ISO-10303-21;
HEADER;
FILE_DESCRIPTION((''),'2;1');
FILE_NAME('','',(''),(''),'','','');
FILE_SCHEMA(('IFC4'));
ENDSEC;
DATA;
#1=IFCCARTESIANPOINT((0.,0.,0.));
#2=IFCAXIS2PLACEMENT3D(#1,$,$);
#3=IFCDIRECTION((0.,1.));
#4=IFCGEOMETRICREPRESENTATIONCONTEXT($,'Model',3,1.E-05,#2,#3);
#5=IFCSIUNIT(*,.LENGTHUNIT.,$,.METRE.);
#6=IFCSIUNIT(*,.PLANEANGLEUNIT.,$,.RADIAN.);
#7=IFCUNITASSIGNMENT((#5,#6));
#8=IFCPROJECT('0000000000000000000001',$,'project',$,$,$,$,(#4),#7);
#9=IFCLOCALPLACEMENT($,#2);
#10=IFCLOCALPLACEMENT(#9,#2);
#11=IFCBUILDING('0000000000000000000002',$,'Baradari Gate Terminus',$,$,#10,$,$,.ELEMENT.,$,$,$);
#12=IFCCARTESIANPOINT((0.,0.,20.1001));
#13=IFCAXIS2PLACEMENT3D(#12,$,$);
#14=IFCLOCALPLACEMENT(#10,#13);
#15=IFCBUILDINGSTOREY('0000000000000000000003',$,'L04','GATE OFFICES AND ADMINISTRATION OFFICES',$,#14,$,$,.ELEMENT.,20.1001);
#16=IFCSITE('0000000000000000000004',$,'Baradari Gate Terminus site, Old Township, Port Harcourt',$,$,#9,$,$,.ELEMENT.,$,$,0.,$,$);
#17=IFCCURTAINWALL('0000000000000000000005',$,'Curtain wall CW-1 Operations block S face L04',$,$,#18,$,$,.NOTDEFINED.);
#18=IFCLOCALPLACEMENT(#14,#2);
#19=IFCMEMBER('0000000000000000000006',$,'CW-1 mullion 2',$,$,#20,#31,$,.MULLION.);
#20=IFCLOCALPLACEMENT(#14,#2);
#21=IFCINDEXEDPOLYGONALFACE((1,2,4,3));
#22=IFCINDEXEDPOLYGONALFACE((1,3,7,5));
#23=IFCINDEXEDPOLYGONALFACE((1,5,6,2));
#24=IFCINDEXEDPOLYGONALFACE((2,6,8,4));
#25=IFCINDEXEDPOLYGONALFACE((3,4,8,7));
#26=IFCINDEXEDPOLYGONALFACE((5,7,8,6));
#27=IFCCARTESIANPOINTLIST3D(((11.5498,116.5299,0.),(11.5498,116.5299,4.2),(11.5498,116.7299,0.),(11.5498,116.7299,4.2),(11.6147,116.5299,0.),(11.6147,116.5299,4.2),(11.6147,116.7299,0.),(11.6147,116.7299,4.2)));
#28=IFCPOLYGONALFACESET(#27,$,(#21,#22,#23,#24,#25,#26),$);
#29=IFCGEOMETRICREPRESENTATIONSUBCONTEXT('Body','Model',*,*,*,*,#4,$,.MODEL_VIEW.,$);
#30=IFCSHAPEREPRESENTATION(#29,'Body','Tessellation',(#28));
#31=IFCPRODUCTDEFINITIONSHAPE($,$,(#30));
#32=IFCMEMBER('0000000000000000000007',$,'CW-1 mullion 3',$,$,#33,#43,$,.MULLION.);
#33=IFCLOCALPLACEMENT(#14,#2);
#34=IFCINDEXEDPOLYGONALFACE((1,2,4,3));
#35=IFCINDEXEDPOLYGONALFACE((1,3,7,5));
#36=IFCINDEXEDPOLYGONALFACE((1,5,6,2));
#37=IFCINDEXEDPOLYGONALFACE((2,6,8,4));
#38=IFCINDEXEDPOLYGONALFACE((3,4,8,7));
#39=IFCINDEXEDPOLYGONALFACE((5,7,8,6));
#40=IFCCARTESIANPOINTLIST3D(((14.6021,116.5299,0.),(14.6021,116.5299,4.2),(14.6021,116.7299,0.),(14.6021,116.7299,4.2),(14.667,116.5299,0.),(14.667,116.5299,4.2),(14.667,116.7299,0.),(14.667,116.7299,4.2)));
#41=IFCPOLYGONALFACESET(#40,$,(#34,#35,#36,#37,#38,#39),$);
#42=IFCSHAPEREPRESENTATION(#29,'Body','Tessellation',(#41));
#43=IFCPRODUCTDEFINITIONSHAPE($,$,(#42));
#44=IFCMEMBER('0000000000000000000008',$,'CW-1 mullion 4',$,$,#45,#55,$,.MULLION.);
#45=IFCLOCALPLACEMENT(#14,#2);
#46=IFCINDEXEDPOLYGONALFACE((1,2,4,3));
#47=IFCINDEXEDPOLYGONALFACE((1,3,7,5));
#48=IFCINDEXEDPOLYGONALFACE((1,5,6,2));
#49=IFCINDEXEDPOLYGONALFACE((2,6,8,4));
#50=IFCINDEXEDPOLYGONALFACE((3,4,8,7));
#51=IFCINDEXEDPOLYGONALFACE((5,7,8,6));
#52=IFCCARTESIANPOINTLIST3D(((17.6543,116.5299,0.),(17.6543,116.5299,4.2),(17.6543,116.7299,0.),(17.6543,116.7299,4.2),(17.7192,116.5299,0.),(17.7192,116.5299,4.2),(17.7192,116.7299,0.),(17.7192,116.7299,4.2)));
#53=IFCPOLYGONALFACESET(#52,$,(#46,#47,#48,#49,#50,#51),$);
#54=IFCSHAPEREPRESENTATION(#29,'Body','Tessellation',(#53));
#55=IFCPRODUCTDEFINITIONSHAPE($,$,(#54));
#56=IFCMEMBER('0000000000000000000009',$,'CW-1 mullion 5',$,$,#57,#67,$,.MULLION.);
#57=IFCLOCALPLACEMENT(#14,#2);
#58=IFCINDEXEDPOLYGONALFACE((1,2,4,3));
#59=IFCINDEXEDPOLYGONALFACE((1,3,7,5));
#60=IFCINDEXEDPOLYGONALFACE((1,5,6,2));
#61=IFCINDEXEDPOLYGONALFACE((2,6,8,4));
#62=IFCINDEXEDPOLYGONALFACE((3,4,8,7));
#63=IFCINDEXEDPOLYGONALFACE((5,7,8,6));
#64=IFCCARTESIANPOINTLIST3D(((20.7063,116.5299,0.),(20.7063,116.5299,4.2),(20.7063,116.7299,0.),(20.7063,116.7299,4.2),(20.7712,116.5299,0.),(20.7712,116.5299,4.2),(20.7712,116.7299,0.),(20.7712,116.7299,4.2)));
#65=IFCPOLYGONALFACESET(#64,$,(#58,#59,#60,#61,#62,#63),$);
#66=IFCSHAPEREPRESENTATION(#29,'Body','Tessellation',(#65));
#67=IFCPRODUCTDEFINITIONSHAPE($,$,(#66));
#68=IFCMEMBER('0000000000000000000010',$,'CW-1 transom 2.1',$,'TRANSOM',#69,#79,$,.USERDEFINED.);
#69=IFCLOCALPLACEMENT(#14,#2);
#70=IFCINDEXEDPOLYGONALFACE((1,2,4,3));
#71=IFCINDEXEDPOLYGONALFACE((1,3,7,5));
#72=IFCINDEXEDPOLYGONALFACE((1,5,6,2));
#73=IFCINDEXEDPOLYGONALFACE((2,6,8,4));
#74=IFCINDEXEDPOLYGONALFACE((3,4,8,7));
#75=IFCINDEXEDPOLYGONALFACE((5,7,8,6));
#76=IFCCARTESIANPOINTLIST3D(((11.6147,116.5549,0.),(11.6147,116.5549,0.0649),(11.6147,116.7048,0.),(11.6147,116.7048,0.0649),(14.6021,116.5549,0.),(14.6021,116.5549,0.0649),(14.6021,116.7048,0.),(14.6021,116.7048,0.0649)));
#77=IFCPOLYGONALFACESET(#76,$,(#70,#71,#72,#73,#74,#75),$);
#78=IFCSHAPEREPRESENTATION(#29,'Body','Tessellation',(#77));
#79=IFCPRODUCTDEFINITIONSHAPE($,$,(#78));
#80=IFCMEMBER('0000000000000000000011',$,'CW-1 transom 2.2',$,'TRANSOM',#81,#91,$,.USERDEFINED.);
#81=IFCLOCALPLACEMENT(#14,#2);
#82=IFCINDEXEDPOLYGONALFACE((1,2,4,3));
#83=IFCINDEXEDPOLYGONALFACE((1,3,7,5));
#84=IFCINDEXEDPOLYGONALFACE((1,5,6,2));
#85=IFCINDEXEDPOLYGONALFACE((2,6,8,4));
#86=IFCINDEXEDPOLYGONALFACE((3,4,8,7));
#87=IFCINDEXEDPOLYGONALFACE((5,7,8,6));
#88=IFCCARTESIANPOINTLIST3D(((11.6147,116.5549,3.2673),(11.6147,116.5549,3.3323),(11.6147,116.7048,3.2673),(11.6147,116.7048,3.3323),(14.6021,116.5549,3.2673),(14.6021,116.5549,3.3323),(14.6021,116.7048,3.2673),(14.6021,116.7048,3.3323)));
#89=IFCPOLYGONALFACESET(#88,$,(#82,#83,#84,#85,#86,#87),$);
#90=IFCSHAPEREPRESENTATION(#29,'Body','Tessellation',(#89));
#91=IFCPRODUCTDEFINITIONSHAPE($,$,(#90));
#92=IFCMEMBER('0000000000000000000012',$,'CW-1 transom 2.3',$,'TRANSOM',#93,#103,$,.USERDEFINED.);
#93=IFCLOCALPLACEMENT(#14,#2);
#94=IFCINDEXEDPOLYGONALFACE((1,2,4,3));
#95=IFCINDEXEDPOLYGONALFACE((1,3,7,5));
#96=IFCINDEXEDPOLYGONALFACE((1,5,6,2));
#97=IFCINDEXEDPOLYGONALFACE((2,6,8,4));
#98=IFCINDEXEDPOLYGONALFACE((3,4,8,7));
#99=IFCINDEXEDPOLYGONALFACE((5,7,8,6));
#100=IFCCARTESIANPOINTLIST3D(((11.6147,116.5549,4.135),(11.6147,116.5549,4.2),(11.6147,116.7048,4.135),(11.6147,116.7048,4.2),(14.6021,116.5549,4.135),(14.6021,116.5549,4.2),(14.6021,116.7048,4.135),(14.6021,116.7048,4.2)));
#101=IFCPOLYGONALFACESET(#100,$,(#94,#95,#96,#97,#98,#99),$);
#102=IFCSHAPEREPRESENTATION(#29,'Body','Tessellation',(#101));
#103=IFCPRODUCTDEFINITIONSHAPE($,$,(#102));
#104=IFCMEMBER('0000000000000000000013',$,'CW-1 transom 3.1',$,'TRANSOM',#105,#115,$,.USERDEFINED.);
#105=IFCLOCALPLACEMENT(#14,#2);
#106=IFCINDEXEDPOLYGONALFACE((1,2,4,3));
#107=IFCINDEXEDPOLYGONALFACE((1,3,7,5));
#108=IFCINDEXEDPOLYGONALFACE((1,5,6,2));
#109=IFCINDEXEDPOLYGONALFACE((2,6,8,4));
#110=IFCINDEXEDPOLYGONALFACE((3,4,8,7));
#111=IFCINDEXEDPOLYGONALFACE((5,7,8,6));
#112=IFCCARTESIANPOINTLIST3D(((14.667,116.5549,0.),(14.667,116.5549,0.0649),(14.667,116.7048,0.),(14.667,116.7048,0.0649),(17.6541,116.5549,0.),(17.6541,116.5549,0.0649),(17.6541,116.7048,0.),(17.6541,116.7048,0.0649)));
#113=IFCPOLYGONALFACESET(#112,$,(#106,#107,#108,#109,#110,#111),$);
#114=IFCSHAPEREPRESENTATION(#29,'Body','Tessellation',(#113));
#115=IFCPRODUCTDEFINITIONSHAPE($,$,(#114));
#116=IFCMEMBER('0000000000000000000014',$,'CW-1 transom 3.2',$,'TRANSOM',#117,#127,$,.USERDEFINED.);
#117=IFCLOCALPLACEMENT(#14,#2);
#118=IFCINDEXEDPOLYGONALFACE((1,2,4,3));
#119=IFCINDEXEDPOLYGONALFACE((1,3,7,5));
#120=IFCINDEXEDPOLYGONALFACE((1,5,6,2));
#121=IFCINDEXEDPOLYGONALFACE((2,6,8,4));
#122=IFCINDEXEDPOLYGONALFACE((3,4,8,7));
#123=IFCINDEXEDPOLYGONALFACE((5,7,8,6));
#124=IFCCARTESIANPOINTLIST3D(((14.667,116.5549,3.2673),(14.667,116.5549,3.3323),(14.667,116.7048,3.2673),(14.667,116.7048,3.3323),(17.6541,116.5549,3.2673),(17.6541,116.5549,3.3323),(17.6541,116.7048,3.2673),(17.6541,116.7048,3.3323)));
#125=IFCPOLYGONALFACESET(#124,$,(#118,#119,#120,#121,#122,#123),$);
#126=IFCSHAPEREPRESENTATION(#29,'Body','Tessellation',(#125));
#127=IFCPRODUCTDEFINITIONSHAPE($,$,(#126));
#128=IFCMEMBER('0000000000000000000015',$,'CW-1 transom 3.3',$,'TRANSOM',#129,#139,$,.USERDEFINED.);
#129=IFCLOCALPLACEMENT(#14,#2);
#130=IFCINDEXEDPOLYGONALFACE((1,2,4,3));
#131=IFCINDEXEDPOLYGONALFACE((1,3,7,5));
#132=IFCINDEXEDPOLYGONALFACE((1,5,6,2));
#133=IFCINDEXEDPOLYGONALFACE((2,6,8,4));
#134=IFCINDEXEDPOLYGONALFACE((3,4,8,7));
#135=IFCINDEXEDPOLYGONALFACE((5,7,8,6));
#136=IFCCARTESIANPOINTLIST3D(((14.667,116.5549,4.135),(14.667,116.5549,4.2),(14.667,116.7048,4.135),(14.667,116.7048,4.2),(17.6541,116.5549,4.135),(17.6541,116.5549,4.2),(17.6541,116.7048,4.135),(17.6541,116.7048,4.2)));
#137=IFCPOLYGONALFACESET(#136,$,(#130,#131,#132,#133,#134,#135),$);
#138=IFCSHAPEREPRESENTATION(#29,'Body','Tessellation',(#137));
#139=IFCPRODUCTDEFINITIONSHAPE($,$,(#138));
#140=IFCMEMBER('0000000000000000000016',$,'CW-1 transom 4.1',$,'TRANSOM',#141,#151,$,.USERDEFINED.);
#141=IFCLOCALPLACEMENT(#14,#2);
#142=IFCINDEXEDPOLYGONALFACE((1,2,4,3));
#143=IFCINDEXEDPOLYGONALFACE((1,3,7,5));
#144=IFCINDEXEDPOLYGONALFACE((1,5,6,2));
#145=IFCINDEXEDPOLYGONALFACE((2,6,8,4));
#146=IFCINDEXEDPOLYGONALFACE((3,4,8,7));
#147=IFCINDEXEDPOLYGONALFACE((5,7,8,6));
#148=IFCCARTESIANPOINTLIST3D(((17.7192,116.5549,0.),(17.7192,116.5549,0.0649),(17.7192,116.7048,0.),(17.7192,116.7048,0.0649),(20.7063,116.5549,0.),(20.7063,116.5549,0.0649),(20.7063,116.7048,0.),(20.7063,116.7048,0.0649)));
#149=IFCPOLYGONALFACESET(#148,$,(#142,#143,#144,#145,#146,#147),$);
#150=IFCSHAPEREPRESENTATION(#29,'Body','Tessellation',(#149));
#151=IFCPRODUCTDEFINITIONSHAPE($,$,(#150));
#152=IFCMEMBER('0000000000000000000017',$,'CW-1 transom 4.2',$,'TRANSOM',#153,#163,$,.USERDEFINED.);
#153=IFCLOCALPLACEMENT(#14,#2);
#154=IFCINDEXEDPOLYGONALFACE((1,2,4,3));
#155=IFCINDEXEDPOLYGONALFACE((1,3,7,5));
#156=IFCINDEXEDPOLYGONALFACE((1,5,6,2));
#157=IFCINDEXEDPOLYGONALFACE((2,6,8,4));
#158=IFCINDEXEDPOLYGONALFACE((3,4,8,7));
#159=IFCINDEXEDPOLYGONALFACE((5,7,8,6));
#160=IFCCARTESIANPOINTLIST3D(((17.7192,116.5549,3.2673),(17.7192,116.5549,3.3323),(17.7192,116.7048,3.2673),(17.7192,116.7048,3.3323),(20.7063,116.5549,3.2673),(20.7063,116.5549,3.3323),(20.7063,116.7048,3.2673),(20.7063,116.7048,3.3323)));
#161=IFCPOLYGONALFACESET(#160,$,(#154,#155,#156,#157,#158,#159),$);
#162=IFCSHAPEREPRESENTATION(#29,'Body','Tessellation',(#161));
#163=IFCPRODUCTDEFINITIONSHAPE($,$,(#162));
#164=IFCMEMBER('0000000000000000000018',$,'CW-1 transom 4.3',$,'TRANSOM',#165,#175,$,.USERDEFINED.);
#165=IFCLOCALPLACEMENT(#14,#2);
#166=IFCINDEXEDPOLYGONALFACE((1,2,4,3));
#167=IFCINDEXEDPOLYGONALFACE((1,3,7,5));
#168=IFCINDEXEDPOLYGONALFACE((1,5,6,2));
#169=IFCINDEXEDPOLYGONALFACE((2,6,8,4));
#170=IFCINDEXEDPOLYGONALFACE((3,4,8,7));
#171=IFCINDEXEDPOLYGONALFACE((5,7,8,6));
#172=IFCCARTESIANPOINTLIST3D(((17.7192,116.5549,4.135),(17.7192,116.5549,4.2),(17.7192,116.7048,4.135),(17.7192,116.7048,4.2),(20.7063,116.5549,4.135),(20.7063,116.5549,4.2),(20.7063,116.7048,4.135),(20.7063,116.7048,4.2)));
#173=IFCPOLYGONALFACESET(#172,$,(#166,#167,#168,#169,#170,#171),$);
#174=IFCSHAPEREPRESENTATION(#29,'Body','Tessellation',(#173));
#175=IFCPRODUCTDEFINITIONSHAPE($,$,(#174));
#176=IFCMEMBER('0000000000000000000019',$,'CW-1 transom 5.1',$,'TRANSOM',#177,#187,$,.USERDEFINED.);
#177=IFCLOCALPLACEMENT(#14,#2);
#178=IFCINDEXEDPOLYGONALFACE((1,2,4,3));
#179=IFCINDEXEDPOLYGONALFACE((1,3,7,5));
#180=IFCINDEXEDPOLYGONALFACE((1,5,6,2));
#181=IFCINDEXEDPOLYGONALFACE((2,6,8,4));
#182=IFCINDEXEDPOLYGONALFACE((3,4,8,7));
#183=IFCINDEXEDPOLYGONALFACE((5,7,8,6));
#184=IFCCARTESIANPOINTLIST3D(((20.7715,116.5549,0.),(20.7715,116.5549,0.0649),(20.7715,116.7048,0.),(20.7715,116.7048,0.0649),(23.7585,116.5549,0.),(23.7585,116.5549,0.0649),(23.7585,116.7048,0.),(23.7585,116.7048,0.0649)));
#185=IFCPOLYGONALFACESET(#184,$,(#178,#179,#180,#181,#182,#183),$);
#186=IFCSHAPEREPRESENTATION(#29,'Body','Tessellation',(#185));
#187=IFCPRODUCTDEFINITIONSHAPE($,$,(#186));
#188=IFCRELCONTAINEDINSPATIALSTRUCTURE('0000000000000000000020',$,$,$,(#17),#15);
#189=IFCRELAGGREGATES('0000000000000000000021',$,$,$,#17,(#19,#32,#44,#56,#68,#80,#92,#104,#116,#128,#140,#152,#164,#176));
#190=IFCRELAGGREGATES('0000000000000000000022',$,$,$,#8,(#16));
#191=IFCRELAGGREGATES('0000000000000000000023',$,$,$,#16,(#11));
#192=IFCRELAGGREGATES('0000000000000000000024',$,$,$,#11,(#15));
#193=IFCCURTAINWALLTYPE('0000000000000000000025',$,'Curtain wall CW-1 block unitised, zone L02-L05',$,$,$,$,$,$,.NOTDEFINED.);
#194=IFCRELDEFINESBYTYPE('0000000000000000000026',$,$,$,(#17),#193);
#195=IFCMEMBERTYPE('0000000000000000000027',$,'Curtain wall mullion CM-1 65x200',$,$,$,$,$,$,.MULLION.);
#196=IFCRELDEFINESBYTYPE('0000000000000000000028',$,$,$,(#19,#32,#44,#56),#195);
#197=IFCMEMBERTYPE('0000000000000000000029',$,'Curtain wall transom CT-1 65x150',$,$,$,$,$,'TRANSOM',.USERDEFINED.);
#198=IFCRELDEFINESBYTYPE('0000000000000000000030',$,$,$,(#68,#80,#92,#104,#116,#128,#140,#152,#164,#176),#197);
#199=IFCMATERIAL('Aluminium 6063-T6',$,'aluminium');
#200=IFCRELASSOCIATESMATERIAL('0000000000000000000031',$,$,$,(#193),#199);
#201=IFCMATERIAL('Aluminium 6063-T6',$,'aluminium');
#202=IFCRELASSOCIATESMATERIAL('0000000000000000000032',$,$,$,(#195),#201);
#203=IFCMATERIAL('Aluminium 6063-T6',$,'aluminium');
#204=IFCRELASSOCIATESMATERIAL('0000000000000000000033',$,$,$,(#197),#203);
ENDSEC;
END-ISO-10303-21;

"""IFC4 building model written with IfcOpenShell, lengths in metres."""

from ifc_helpers import new_model, si_unit, direction, frame, origin, origin_2d, place, context, subcontext, project, spatial, rectangle, extrude, material, material_profile, profile_set, type_object, element, aggregate, save


model = new_model("IFC4")

# Units and contexts
model_context = context("Model", 3, precision=1e-05, world=origin(), true_north=direction((0.0, 1.0)))
body_context = subcontext(model_context, "Body", "Model", "MODEL_VIEW")
ifc_project = project(units=[si_unit("LENGTHUNIT", "METRE"), si_unit("PLANEANGLEUNIT", "RADIAN")], contexts=[model_context])

# Site, building, storey
site_placement = place(None, origin())
site = spatial("IfcSite", under=ifc_project, at=site_placement, Name="Baradari Gate Terminus site, Old Township, Port Harcourt", CompositionType="ELEMENT", RefElevation=0.0)
building_placement = place(site_placement, origin())
building = spatial("IfcBuilding", under=site, at=building_placement, Name="Baradari Gate Terminus", CompositionType="ELEMENT")
storey_placement = place(building_placement, frame((0.0, 0.0, 20.1001)))
storey = spatial("IfcBuildingStorey", under=building, at=storey_placement, Name="L04", Description="GATE OFFICES AND ADMINISTRATION OFFICES", CompositionType="ELEMENT", Elevation=20.1001)

# Curtain wall, members
ifc_material_1 = material(Name="Aluminium 6063-T6", Category="aluminium")
curtain_wall_type = type_object("IfcCurtainWallType", Name="Curtain wall CW-1 block unitised, zone L02-L05", PredefinedType="NOTDEFINED", material=ifc_material_1)
curtain_wall_placement = place(storey_placement, origin())
curtain_wall = element("IfcCurtainWall", 1, at=curtain_wall_placement, inside=storey, type_object=curtain_wall_type, Name="Curtain wall CW-1 Operations block S face L04", PredefinedType="NOTDEFINED")
ifc_material_2 = material(Name="Aluminium 6063-T6", Category="aluminium")
ifc_material_profile_1 = material_profile(ifc_material_2, rectangle(XDim=0.2, YDim=0.0649, at=origin_2d()), Name="CM-1 65X200")
ifc_profile_set_1 = profile_set([ifc_material_profile_1], Name="Aluminium 6063-T6")
member_type_1 = type_object("IfcMemberType", Name="Curtain wall mullion CM-1 65x200", PredefinedType="MULLION", material=ifc_profile_set_1)
member_1_placement = place(storey_placement, frame((11.5823, 116.6299, 0.0), z_axis=(0.0, 0.0, 1.0), x_axis=(0.0, 1.0, 0.0)))
member_1 = element("IfcMember", 2, at=member_1_placement, type_object=member_type_1, Name="CW-1 mullion 2", PredefinedType="MULLION", context=body_context, shape_type="SweptSolid", body=[
    extrude(rectangle(XDim=0.2, YDim=0.0649, at=origin_2d()), origin(), (0.0, 0.0, 1.0), 4.2),
])
member_2_placement = place(storey_placement, frame((14.6345, 116.6299, 0.0), z_axis=(0.0, 0.0, 1.0), x_axis=(0.0, 1.0, 0.0)))
member_2 = element("IfcMember", 3, at=member_2_placement, type_object=member_type_1, Name="CW-1 mullion 3", PredefinedType="MULLION", context=body_context, shape_type="SweptSolid", body=[
    extrude(rectangle(XDim=0.2, YDim=0.0649, at=origin_2d()), origin(), (0.0, 0.0, 1.0), 4.2),
])
member_3_placement = place(storey_placement, frame((17.6868, 116.6299, 0.0), z_axis=(0.0, 0.0, 1.0), x_axis=(0.0, 1.0, 0.0)))
member_3 = element("IfcMember", 4, at=member_3_placement, type_object=member_type_1, Name="CW-1 mullion 4", PredefinedType="MULLION", context=body_context, shape_type="SweptSolid", body=[
    extrude(rectangle(XDim=0.2, YDim=0.0649, at=origin_2d()), origin(), (0.0, 0.0, 1.0), 4.2),
])
member_4_placement = place(storey_placement, frame((20.7388, 116.6299, 0.0), z_axis=(0.0, 0.0, 1.0), x_axis=(0.0, 1.0, 0.0)))
member_4 = element("IfcMember", 5, at=member_4_placement, type_object=member_type_1, Name="CW-1 mullion 5", PredefinedType="MULLION", context=body_context, shape_type="SweptSolid", body=[
    extrude(rectangle(XDim=0.2, YDim=0.0649, at=origin_2d()), origin(), (0.0, 0.0, 1.0), 4.2),
])
ifc_material_3 = material(Name="Aluminium 6063-T6", Category="aluminium")
ifc_material_profile_2 = material_profile(ifc_material_3, rectangle(XDim=0.1499, YDim=0.0649, at=origin_2d()), Name="CT-1 65X150")
ifc_profile_set_2 = profile_set([ifc_material_profile_2], Name="Aluminium 6063-T6")
member_type_2 = type_object("IfcMemberType", Name="Curtain wall transom CT-1 65x150", ElementType="TRANSOM", PredefinedType="USERDEFINED", material=ifc_profile_set_2)
member_5_placement = place(storey_placement, frame((11.6147, 116.6299, 0.0325), z_axis=(1.0, 0.0, 0.0), x_axis=(0.0, 1.0, 0.0)))
member_5 = element("IfcMember", 6, at=member_5_placement, type_object=member_type_2, Name="CW-1 transom 2.1", ObjectType="TRANSOM", PredefinedType="USERDEFINED", context=body_context, shape_type="SweptSolid", body=[
    extrude(rectangle(XDim=0.1499, YDim=0.0649, at=origin_2d()), origin(), (0.0, 0.0, 1.0), 2.9873),
])
member_6_placement = place(storey_placement, frame((11.6147, 116.6299, 3.2998), z_axis=(1.0, 0.0, 0.0), x_axis=(0.0, 1.0, 0.0)))
member_6 = element("IfcMember", 7, at=member_6_placement, type_object=member_type_2, Name="CW-1 transom 2.2", ObjectType="TRANSOM", PredefinedType="USERDEFINED", context=body_context, shape_type="SweptSolid", body=[
    extrude(rectangle(XDim=0.1499, YDim=0.0649, at=origin_2d()), origin(), (0.0, 0.0, 1.0), 2.9873),
])
member_7_placement = place(storey_placement, frame((11.6147, 116.6299, 4.1675), z_axis=(1.0, 0.0, 0.0), x_axis=(0.0, 1.0, 0.0)))
member_7 = element("IfcMember", 8, at=member_7_placement, type_object=member_type_2, Name="CW-1 transom 2.3", ObjectType="TRANSOM", PredefinedType="USERDEFINED", context=body_context, shape_type="SweptSolid", body=[
    extrude(rectangle(XDim=0.1499, YDim=0.0649, at=origin_2d()), origin(), (0.0, 0.0, 1.0), 2.9873),
])
member_8_placement = place(storey_placement, frame((14.667, 116.6299, 0.0325), z_axis=(1.0, 0.0, 0.0), x_axis=(0.0, 1.0, 0.0)))
member_8 = element("IfcMember", 9, at=member_8_placement, type_object=member_type_2, Name="CW-1 transom 3.1", ObjectType="TRANSOM", PredefinedType="USERDEFINED", context=body_context, shape_type="SweptSolid", body=[
    extrude(rectangle(XDim=0.1499, YDim=0.0649, at=origin_2d()), origin(), (0.0, 0.0, 1.0), 2.9871),
])
member_9_placement = place(storey_placement, frame((14.667, 116.6299, 3.2998), z_axis=(1.0, 0.0, 0.0), x_axis=(0.0, 1.0, 0.0)))
member_9 = element("IfcMember", 10, at=member_9_placement, type_object=member_type_2, Name="CW-1 transom 3.2", ObjectType="TRANSOM", PredefinedType="USERDEFINED", context=body_context, shape_type="SweptSolid", body=[
    extrude(rectangle(XDim=0.1499, YDim=0.0649, at=origin_2d()), origin(), (0.0, 0.0, 1.0), 2.9871),
])
member_10_placement = place(storey_placement, frame((14.667, 116.6299, 4.1675), z_axis=(1.0, 0.0, 0.0), x_axis=(0.0, 1.0, 0.0)))
member_10 = element("IfcMember", 11, at=member_10_placement, type_object=member_type_2, Name="CW-1 transom 3.3", ObjectType="TRANSOM", PredefinedType="USERDEFINED", context=body_context, shape_type="SweptSolid", body=[
    extrude(rectangle(XDim=0.1499, YDim=0.0649, at=origin_2d()), origin(), (0.0, 0.0, 1.0), 2.9871),
])
member_11_placement = place(storey_placement, frame((17.7192, 116.6299, 0.0325), z_axis=(1.0, 0.0, 0.0), x_axis=(0.0, 1.0, 0.0)))
member_11 = element("IfcMember", 12, at=member_11_placement, type_object=member_type_2, Name="CW-1 transom 4.1", ObjectType="TRANSOM", PredefinedType="USERDEFINED", context=body_context, shape_type="SweptSolid", body=[
    extrude(rectangle(XDim=0.1499, YDim=0.0649, at=origin_2d()), origin(), (0.0, 0.0, 1.0), 2.9871),
])
member_12_placement = place(storey_placement, frame((17.7192, 116.6299, 3.2998), z_axis=(1.0, 0.0, 0.0), x_axis=(0.0, 1.0, 0.0)))
member_12 = element("IfcMember", 13, at=member_12_placement, type_object=member_type_2, Name="CW-1 transom 4.2", ObjectType="TRANSOM", PredefinedType="USERDEFINED", context=body_context, shape_type="SweptSolid", body=[
    extrude(rectangle(XDim=0.1499, YDim=0.0649, at=origin_2d()), origin(), (0.0, 0.0, 1.0), 2.9871),
])
member_13_placement = place(storey_placement, frame((17.7192, 116.6299, 4.1675), z_axis=(1.0, 0.0, 0.0), x_axis=(0.0, 1.0, 0.0)))
member_13 = element("IfcMember", 14, at=member_13_placement, type_object=member_type_2, Name="CW-1 transom 4.3", ObjectType="TRANSOM", PredefinedType="USERDEFINED", context=body_context, shape_type="SweptSolid", body=[
    extrude(rectangle(XDim=0.1499, YDim=0.0649, at=origin_2d()), origin(), (0.0, 0.0, 1.0), 2.9871),
])
member_14_placement = place(storey_placement, frame((20.7715, 116.6299, 0.0325), z_axis=(1.0, 0.0, 0.0), x_axis=(0.0, 1.0, 0.0)))
member_14 = element("IfcMember", 15, at=member_14_placement, type_object=member_type_2, Name="CW-1 transom 5.1", ObjectType="TRANSOM", PredefinedType="USERDEFINED", context=body_context, shape_type="SweptSolid", body=[
    extrude(rectangle(XDim=0.1499, YDim=0.0649, at=origin_2d()), origin(), (0.0, 0.0, 1.0), 2.9871),
])
aggregate(curtain_wall, [member_1, member_2, member_3, member_4, member_5, member_6, member_7, member_8, member_9, member_10, member_11, member_12, member_13, member_14])

save(model, "model.ifc")
